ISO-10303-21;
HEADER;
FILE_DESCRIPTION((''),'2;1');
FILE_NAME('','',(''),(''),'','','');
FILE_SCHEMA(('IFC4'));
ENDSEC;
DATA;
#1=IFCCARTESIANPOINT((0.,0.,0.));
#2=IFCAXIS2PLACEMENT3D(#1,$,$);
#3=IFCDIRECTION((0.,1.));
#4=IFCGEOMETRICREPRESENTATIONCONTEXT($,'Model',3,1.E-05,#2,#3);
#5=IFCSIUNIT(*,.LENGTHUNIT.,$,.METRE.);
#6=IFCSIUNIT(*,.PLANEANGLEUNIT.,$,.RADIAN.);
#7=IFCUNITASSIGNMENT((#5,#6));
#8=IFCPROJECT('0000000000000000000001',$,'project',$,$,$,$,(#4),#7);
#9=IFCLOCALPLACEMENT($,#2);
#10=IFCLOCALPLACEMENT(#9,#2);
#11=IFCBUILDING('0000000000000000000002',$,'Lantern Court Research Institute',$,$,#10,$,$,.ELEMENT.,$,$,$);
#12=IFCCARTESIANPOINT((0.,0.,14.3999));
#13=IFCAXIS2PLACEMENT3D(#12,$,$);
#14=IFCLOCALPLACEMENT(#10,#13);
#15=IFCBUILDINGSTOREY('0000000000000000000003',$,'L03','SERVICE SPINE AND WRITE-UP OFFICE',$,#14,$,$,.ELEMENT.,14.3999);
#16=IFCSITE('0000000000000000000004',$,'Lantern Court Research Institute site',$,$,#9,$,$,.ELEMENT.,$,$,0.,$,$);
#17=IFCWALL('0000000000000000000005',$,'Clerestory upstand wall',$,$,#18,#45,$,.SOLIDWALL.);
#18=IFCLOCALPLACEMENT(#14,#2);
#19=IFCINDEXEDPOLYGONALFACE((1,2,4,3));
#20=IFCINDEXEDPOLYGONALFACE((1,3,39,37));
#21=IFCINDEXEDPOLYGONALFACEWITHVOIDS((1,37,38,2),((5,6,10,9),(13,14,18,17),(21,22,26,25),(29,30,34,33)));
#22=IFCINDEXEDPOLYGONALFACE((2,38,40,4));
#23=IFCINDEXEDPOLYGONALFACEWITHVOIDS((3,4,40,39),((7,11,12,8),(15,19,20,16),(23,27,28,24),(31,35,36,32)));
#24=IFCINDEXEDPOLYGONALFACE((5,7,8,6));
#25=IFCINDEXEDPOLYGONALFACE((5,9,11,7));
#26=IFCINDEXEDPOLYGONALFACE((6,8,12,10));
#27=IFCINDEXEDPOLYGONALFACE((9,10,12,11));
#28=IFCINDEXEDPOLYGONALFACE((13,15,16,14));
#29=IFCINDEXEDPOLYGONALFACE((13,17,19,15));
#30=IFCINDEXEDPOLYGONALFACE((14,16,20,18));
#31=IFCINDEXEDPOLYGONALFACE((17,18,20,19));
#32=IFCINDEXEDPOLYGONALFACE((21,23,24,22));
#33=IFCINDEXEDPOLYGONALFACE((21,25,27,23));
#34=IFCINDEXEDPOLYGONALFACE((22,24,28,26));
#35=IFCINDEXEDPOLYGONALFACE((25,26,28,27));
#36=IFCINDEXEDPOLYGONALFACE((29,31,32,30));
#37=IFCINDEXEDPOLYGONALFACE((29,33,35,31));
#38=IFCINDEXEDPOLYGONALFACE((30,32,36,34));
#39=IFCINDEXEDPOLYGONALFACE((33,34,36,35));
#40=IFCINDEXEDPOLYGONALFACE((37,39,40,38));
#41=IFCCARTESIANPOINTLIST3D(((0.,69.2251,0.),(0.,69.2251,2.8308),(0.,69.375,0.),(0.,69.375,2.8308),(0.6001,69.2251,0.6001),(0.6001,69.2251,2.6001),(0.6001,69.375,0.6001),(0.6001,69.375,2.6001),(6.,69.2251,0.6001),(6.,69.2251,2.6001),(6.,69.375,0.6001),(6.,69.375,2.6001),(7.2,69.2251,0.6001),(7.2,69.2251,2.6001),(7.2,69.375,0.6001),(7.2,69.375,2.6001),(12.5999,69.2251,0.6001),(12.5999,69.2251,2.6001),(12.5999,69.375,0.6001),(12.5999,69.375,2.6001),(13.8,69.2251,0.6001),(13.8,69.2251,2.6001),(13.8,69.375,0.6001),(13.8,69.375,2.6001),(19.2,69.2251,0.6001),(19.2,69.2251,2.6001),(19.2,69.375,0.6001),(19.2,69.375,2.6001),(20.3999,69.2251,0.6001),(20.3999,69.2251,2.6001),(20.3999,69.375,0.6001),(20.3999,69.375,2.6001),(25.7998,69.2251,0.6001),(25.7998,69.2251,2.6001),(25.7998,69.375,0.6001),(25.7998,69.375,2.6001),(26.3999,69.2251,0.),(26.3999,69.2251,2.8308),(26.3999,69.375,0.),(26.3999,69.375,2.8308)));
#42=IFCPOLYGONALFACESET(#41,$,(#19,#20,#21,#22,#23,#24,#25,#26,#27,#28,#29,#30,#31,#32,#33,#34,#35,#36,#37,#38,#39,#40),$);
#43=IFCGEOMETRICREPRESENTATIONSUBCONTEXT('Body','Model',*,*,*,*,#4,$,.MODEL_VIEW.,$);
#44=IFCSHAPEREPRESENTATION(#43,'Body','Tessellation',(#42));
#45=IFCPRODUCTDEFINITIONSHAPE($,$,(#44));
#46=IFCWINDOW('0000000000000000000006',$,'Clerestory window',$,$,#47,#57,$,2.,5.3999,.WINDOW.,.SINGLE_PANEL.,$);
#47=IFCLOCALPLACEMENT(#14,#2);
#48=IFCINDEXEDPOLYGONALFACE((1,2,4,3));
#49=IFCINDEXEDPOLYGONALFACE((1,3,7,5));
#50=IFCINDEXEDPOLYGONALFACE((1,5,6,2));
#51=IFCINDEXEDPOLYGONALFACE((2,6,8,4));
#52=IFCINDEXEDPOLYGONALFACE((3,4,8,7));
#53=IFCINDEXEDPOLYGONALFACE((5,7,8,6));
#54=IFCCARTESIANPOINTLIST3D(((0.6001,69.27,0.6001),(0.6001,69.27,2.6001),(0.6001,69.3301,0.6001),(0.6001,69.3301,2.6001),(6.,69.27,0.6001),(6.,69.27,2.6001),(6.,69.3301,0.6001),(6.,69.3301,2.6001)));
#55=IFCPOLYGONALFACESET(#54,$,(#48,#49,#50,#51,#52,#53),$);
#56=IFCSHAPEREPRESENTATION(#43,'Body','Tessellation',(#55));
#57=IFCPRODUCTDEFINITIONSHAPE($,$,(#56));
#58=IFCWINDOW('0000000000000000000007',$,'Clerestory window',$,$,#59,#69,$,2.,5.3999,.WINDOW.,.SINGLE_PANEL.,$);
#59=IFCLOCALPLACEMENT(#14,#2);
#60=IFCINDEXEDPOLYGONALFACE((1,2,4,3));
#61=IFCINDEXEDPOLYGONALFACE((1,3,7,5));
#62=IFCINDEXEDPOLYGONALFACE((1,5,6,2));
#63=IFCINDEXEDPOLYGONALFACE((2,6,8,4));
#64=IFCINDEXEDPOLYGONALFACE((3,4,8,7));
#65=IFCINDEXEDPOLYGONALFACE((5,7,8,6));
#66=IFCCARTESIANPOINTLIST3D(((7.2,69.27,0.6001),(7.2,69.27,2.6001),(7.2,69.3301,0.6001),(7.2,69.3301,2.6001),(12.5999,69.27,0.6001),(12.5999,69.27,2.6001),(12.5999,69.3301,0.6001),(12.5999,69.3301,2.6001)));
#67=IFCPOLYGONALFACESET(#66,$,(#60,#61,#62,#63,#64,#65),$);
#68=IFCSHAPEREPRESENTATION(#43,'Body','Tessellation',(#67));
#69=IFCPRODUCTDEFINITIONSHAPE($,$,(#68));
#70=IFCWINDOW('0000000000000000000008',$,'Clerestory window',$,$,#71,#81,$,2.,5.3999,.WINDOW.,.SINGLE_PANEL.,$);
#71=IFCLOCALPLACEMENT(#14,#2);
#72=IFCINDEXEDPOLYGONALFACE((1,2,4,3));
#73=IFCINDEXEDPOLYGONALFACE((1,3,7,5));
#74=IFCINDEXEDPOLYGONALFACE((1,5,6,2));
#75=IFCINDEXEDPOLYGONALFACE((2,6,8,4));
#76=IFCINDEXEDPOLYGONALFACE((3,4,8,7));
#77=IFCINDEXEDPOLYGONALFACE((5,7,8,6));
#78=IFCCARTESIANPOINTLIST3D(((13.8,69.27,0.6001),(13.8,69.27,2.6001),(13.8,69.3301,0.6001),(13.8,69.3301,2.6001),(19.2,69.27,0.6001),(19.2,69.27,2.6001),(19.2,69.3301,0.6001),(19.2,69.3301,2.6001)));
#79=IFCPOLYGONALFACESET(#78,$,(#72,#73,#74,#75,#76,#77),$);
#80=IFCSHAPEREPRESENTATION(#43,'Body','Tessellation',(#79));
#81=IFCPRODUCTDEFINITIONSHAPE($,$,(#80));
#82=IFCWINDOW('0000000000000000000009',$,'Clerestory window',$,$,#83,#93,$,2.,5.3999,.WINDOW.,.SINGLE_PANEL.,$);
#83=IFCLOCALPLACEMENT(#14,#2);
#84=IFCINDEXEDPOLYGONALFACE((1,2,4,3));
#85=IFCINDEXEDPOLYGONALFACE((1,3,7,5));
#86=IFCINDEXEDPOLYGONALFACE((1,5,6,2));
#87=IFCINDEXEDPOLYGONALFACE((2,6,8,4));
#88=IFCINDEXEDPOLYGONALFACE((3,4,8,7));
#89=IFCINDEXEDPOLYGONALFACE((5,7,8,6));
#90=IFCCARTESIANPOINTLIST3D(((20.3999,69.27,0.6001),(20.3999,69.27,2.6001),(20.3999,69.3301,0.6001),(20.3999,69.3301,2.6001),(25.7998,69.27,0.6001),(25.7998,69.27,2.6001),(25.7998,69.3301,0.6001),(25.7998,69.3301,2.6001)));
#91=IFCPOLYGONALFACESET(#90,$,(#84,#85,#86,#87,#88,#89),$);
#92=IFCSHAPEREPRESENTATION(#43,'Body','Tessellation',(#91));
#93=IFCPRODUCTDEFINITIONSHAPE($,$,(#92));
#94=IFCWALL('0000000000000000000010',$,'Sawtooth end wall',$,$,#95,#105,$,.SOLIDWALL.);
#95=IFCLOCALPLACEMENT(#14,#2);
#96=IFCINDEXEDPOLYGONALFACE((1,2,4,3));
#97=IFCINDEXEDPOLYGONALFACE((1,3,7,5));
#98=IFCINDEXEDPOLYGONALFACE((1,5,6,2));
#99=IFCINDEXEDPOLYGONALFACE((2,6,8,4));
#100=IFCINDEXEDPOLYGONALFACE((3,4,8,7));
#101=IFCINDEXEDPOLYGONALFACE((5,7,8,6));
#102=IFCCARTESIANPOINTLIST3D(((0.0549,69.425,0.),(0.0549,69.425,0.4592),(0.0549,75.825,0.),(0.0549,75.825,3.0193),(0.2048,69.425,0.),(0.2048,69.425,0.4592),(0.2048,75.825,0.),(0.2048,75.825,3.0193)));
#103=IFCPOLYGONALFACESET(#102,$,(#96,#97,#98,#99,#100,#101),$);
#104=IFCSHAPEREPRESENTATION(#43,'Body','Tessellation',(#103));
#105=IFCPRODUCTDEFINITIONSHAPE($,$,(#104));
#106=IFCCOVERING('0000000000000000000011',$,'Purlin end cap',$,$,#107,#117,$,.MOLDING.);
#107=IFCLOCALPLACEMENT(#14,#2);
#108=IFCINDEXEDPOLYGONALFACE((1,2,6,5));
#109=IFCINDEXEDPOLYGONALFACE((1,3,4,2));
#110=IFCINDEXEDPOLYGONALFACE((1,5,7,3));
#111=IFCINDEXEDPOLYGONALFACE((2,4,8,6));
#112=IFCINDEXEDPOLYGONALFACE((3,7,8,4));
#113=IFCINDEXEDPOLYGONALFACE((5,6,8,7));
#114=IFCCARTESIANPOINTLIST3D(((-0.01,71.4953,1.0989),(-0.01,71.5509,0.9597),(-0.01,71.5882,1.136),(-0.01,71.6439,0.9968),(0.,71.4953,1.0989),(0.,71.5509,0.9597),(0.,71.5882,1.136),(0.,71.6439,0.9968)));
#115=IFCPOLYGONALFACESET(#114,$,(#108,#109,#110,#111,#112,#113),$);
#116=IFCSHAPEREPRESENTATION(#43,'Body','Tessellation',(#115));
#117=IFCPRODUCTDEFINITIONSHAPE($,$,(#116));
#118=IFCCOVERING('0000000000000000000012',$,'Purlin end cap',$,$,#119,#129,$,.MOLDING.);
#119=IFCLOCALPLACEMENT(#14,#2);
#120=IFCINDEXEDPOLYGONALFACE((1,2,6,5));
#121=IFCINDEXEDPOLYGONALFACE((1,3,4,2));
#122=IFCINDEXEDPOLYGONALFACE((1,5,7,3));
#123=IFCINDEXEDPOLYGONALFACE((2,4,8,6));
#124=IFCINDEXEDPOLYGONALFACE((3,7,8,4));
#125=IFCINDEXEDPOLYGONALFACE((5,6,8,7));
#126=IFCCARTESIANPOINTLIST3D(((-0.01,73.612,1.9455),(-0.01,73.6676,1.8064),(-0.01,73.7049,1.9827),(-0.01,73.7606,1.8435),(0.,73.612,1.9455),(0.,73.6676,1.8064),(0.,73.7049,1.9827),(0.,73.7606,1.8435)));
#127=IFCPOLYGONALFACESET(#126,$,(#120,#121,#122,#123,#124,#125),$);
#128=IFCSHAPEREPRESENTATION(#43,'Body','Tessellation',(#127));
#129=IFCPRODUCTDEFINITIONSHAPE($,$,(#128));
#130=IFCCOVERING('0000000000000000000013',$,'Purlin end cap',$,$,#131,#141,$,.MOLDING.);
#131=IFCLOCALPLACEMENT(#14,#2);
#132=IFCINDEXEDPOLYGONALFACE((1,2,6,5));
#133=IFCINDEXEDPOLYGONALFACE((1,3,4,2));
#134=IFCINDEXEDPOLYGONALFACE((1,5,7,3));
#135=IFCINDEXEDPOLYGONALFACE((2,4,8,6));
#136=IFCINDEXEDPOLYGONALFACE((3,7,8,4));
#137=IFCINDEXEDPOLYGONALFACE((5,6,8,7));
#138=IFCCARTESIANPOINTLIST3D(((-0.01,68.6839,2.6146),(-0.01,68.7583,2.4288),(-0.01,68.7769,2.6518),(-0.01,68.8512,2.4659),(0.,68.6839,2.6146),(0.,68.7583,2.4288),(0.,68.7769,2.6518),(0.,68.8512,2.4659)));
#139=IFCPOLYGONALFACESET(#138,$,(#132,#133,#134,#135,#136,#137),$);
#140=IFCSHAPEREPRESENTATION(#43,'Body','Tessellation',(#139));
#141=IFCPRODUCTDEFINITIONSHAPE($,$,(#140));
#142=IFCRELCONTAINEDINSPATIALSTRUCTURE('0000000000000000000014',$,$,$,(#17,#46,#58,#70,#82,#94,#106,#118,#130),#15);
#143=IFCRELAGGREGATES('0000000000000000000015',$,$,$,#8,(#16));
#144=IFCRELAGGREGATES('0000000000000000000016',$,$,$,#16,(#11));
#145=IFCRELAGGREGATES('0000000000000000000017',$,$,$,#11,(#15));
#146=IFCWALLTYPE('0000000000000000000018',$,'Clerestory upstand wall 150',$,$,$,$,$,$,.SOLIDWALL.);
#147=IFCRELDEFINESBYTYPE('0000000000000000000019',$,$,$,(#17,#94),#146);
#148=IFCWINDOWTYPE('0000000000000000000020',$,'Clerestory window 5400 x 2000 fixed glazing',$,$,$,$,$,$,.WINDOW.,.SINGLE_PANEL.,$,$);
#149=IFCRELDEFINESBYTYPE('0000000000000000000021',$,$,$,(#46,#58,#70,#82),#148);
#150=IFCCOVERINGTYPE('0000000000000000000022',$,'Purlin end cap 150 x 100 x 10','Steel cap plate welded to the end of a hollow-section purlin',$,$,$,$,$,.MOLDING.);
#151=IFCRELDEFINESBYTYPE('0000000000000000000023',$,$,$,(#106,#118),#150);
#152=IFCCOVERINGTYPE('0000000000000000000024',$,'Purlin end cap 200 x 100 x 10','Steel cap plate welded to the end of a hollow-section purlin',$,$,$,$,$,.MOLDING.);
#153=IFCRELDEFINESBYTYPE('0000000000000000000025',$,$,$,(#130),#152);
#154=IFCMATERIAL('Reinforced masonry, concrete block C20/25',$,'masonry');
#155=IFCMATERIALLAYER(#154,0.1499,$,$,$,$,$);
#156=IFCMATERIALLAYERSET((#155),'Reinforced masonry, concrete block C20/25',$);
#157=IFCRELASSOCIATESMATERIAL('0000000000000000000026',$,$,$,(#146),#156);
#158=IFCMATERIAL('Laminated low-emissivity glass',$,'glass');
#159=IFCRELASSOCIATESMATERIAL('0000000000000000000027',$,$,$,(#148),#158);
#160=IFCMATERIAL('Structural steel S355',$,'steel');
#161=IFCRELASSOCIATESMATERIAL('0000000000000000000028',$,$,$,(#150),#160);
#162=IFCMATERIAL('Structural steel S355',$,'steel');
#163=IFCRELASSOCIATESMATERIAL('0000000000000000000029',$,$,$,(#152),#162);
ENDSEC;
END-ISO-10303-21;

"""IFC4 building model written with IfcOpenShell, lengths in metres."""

from ifc_helpers import new_model, si_unit, direction, frame, frame_2d, origin, place, context, subcontext, project, spatial, polyline, rectangle, outline, extrude, material, layer, layer_set, material_profile, profile_set, type_object, element, fill, save


model = new_model("IFC4")

# Units and contexts
model_context = context("Model", 3, precision=1e-05, world=origin(), true_north=direction((0.0, 1.0)))
body_context = subcontext(model_context, "Body", "Model", "MODEL_VIEW")
ifc_project = project(units=[si_unit("LENGTHUNIT", "METRE"), si_unit("PLANEANGLEUNIT", "RADIAN")], contexts=[model_context])

# Site, building, storey
site_placement = place(None, origin())
site = spatial("IfcSite", under=ifc_project, at=site_placement, Name="Lantern Court Research Institute site", CompositionType="ELEMENT", RefElevation=0.0)
building_placement = place(site_placement, origin())
building = spatial("IfcBuilding", under=site, at=building_placement, Name="Lantern Court Research Institute", CompositionType="ELEMENT")
storey_placement = place(building_placement, frame((0.0, 0.0, 14.3999)))
storey = spatial("IfcBuildingStorey", under=building, at=storey_placement, Name="L03", Description="SERVICE SPINE AND WRITE-UP OFFICE", CompositionType="ELEMENT", Elevation=14.3999)

# Wall, openings, windows
ifc_material_1 = material(Name="Reinforced masonry, concrete block C20/25", Category="masonry")
ifc_layer_1 = layer(ifc_material_1, 0.1499)
ifc_layer_set_1 = layer_set([ifc_layer_1], Name="Reinforced masonry, concrete block C20/25")
wall_type = type_object("IfcWallType", Name="Clerestory upstand wall 150", PredefinedType="SOLIDWALL", material=ifc_layer_set_1)
wall_1_placement = place(storey_placement, frame((0.0, 69.3, 0.0), z_axis=(0.0, 0.0, 1.0), x_axis=(1.0, 0.0, 0.0)))
wall_1 = element("IfcWall", 1, at=wall_1_placement, inside=storey, type_object=wall_type, Name="Clerestory upstand wall", PredefinedType="SOLIDWALL", context=body_context, shape_type="SweptSolid", body=[
    extrude(rectangle(XDim=26.3999, YDim=0.1499, at=frame_2d((13.2, 0.0))), origin(), (0.0, 0.0, 1.0), 2.8308),
])
opening_1_placement = place(wall_1_placement, frame((0.6001, 0.0, 0.6001)))
opening_1 = element("IfcOpeningElement", 2, at=opening_1_placement, cuts=wall_1, PredefinedType="OPENING", context=body_context, shape_type="SweptSolid", body=[
    extrude(rectangle(XDim=5.3999, YDim=2.0, at=frame_2d((2.7, 1.0))), frame((0.0, 0.085, 0.0), z_axis=(0.0, -1.0, 0.0), x_axis=(1.0, 0.0, 0.0)), (0.0, 0.0, 1.0), 0.1699),
])
opening_2_placement = place(wall_1_placement, frame((7.2, 0.0, 0.6001)))
opening_2 = element("IfcOpeningElement", 3, at=opening_2_placement, cuts=wall_1, PredefinedType="OPENING", context=body_context, shape_type="SweptSolid", body=[
    extrude(rectangle(XDim=5.3999, YDim=2.0, at=frame_2d((2.7, 1.0))), frame((0.0, 0.085, 0.0), z_axis=(0.0, -1.0, 0.0), x_axis=(1.0, 0.0, 0.0)), (0.0, 0.0, 1.0), 0.1699),
])
opening_3_placement = place(wall_1_placement, frame((13.8, 0.0, 0.6001)))
opening_3 = element("IfcOpeningElement", 4, at=opening_3_placement, cuts=wall_1, PredefinedType="OPENING", context=body_context, shape_type="SweptSolid", body=[
    extrude(rectangle(XDim=5.3999, YDim=2.0, at=frame_2d((2.7, 1.0))), frame((0.0, 0.085, 0.0), z_axis=(0.0, -1.0, 0.0), x_axis=(1.0, 0.0, 0.0)), (0.0, 0.0, 1.0), 0.1699),
])
opening_4_placement = place(wall_1_placement, frame((20.3999, 0.0, 0.6001)))
opening_4 = element("IfcOpeningElement", 5, at=opening_4_placement, cuts=wall_1, PredefinedType="OPENING", context=body_context, shape_type="SweptSolid", body=[
    extrude(rectangle(XDim=5.3999, YDim=2.0, at=frame_2d((2.7, 1.0))), frame((0.0, 0.085, 0.0), z_axis=(0.0, -1.0, 0.0), x_axis=(1.0, 0.0, 0.0)), (0.0, 0.0, 1.0), 0.1699),
])
ifc_material_2 = material(Name="Laminated low-emissivity glass", Category="glass")
window_type = type_object("IfcWindowType", Name="Clerestory window 5400 x 2000 fixed glazing", PartitioningType="SINGLE_PANEL", PredefinedType="WINDOW", material=ifc_material_2)
window_1_placement = place(opening_1_placement, origin())
window_1 = element("IfcWindow", 6, at=window_1_placement, inside=storey, type_object=window_type, Name="Clerestory window", OverallHeight=2.0, OverallWidth=5.3999, PartitioningType="SINGLE_PANEL", PredefinedType="WINDOW", context=body_context, shape_type="SweptSolid", body=[
    extrude(rectangle(XDim=5.3999, YDim=2.0, at=frame_2d((2.7, 1.0))), frame((0.0, 0.03, 0.0), z_axis=(0.0, -1.0, 0.0), x_axis=(1.0, 0.0, 0.0)), (0.0, 0.0, 1.0), 0.0601),
])
fill(opening_1, window_1)
window_2_placement = place(opening_2_placement, origin())
window_2 = element("IfcWindow", 7, at=window_2_placement, inside=storey, type_object=window_type, Name="Clerestory window", OverallHeight=2.0, OverallWidth=5.3999, PartitioningType="SINGLE_PANEL", PredefinedType="WINDOW", context=body_context, shape_type="SweptSolid", body=[
    extrude(rectangle(XDim=5.3999, YDim=2.0, at=frame_2d((2.7, 1.0))), frame((0.0, 0.03, 0.0), z_axis=(0.0, -1.0, 0.0), x_axis=(1.0, 0.0, 0.0)), (0.0, 0.0, 1.0), 0.0601),
])
fill(opening_2, window_2)
window_3_placement = place(opening_3_placement, origin())
window_3 = element("IfcWindow", 8, at=window_3_placement, inside=storey, type_object=window_type, Name="Clerestory window", OverallHeight=2.0, OverallWidth=5.3999, PartitioningType="SINGLE_PANEL", PredefinedType="WINDOW", context=body_context, shape_type="SweptSolid", body=[
    extrude(rectangle(XDim=5.3999, YDim=2.0, at=frame_2d((2.7, 1.0))), frame((0.0, 0.03, 0.0), z_axis=(0.0, -1.0, 0.0), x_axis=(1.0, 0.0, 0.0)), (0.0, 0.0, 1.0), 0.0601),
])
fill(opening_3, window_3)
window_4_placement = place(opening_4_placement, origin())
window_4 = element("IfcWindow", 9, at=window_4_placement, inside=storey, type_object=window_type, Name="Clerestory window", OverallHeight=2.0, OverallWidth=5.3999, PartitioningType="SINGLE_PANEL", PredefinedType="WINDOW", context=body_context, shape_type="SweptSolid", body=[
    extrude(rectangle(XDim=5.3999, YDim=2.0, at=frame_2d((2.7, 1.0))), frame((0.0, 0.03, 0.0), z_axis=(0.0, -1.0, 0.0), x_axis=(1.0, 0.0, 0.0)), (0.0, 0.0, 1.0), 0.0601),
])
fill(opening_4, window_4)

# Wall
wall_2_placement = place(storey_placement, frame((0.1299, 69.425, 0.0), z_axis=(0.0, 0.0, 1.0), x_axis=(0.0, 1.0, 0.0)))
element("IfcWall", 10, at=wall_2_placement, inside=storey, type_object=wall_type, Name="Sawtooth end wall", PredefinedType="SOLIDWALL", context=body_context, shape_type="SweptSolid", body=[
    extrude(outline(polyline([(0.0, 0.0), (6.3999, 0.0), (6.3999, 3.0193), (0.0, 0.4592), (0.0, 0.0)])), frame((0.0, 0.075, 0.0), z_axis=(0.0, -1.0, 0.0), x_axis=(1.0, 0.0, 0.0)), (0.0, 0.0, 1.0), 0.1499),
])

# Coverings
ifc_material_3 = material(Name="Structural steel S355", Category="steel")
ifc_material_profile_1 = material_profile(ifc_material_3, outline(polyline([(-0.05, -0.075), (0.05, -0.075), (0.05, 0.075), (-0.05, 0.075), (-0.05, -0.075)])), Name="Purlin end cap 150 x 100 x 10")
ifc_profile_set_1 = profile_set([ifc_material_profile_1], Name="Structural steel S355")
covering_type_1 = type_object("IfcCoveringType", Name="Purlin end cap 150 x 100 x 10", Description="Steel cap plate welded to the end of a hollow-section purlin", PredefinedType="MOLDING", material=ifc_profile_set_1)
for number, where, z_axis, x_axis, name in (
    (11, (0.0, 71.5696, 1.0479), (-1.0, 0.0, 0.0), (0.0, -0.928477, -0.371391), "Purlin end cap"),
    (12, (0.0, 73.6863, 1.8945), (-1.0, 0.0, 0.0), (0.0, -0.928477, -0.371391), "Purlin end cap"),
):
    element("IfcCovering", number, at=place(storey_placement, frame(where, z_axis=z_axis, x_axis=x_axis)), inside=storey, type_object=covering_type_1, Name=name, PredefinedType="MOLDING", context=body_context, shape_type="SweptSolid", body=[
        extrude(outline(polyline([(-0.05, -0.075), (0.05, -0.075), (0.05, 0.075), (-0.05, 0.075), (-0.05, -0.075)])), origin(), (0.0, 0.0, 1.0), 0.01),
    ])
ifc_material_4 = material(Name="Structural steel S355", Category="steel")
ifc_material_profile_2 = material_profile(ifc_material_4, outline(polyline([(-0.05, -0.1001), (0.05, -0.1001), (0.05, 0.1001), (-0.05, 0.1001), (-0.05, -0.1001)])), Name="Purlin end cap 200 x 100 x 10")
ifc_profile_set_2 = profile_set([ifc_material_profile_2], Name="Structural steel S355")
covering_type_2 = type_object("IfcCoveringType", Name="Purlin end cap 200 x 100 x 10", Description="Steel cap plate welded to the end of a hollow-section purlin", PredefinedType="MOLDING", material=ifc_profile_set_2)
covering_placement = place(storey_placement, frame((0.0, 68.7676, 2.5403), z_axis=(-1.0, 0.0, 0.0), x_axis=(0.0, -0.928477, -0.371391)))
element("IfcCovering", 13, at=covering_placement, inside=storey, type_object=covering_type_2, Name="Purlin end cap", PredefinedType="MOLDING", context=body_context, shape_type="SweptSolid", body=[
    extrude(outline(polyline([(-0.05, -0.1001), (0.05, -0.1001), (0.05, 0.1001), (-0.05, 0.1001), (-0.05, -0.1001)])), origin(), (0.0, 0.0, 1.0), 0.01),
])

save(model, "model.ifc")
